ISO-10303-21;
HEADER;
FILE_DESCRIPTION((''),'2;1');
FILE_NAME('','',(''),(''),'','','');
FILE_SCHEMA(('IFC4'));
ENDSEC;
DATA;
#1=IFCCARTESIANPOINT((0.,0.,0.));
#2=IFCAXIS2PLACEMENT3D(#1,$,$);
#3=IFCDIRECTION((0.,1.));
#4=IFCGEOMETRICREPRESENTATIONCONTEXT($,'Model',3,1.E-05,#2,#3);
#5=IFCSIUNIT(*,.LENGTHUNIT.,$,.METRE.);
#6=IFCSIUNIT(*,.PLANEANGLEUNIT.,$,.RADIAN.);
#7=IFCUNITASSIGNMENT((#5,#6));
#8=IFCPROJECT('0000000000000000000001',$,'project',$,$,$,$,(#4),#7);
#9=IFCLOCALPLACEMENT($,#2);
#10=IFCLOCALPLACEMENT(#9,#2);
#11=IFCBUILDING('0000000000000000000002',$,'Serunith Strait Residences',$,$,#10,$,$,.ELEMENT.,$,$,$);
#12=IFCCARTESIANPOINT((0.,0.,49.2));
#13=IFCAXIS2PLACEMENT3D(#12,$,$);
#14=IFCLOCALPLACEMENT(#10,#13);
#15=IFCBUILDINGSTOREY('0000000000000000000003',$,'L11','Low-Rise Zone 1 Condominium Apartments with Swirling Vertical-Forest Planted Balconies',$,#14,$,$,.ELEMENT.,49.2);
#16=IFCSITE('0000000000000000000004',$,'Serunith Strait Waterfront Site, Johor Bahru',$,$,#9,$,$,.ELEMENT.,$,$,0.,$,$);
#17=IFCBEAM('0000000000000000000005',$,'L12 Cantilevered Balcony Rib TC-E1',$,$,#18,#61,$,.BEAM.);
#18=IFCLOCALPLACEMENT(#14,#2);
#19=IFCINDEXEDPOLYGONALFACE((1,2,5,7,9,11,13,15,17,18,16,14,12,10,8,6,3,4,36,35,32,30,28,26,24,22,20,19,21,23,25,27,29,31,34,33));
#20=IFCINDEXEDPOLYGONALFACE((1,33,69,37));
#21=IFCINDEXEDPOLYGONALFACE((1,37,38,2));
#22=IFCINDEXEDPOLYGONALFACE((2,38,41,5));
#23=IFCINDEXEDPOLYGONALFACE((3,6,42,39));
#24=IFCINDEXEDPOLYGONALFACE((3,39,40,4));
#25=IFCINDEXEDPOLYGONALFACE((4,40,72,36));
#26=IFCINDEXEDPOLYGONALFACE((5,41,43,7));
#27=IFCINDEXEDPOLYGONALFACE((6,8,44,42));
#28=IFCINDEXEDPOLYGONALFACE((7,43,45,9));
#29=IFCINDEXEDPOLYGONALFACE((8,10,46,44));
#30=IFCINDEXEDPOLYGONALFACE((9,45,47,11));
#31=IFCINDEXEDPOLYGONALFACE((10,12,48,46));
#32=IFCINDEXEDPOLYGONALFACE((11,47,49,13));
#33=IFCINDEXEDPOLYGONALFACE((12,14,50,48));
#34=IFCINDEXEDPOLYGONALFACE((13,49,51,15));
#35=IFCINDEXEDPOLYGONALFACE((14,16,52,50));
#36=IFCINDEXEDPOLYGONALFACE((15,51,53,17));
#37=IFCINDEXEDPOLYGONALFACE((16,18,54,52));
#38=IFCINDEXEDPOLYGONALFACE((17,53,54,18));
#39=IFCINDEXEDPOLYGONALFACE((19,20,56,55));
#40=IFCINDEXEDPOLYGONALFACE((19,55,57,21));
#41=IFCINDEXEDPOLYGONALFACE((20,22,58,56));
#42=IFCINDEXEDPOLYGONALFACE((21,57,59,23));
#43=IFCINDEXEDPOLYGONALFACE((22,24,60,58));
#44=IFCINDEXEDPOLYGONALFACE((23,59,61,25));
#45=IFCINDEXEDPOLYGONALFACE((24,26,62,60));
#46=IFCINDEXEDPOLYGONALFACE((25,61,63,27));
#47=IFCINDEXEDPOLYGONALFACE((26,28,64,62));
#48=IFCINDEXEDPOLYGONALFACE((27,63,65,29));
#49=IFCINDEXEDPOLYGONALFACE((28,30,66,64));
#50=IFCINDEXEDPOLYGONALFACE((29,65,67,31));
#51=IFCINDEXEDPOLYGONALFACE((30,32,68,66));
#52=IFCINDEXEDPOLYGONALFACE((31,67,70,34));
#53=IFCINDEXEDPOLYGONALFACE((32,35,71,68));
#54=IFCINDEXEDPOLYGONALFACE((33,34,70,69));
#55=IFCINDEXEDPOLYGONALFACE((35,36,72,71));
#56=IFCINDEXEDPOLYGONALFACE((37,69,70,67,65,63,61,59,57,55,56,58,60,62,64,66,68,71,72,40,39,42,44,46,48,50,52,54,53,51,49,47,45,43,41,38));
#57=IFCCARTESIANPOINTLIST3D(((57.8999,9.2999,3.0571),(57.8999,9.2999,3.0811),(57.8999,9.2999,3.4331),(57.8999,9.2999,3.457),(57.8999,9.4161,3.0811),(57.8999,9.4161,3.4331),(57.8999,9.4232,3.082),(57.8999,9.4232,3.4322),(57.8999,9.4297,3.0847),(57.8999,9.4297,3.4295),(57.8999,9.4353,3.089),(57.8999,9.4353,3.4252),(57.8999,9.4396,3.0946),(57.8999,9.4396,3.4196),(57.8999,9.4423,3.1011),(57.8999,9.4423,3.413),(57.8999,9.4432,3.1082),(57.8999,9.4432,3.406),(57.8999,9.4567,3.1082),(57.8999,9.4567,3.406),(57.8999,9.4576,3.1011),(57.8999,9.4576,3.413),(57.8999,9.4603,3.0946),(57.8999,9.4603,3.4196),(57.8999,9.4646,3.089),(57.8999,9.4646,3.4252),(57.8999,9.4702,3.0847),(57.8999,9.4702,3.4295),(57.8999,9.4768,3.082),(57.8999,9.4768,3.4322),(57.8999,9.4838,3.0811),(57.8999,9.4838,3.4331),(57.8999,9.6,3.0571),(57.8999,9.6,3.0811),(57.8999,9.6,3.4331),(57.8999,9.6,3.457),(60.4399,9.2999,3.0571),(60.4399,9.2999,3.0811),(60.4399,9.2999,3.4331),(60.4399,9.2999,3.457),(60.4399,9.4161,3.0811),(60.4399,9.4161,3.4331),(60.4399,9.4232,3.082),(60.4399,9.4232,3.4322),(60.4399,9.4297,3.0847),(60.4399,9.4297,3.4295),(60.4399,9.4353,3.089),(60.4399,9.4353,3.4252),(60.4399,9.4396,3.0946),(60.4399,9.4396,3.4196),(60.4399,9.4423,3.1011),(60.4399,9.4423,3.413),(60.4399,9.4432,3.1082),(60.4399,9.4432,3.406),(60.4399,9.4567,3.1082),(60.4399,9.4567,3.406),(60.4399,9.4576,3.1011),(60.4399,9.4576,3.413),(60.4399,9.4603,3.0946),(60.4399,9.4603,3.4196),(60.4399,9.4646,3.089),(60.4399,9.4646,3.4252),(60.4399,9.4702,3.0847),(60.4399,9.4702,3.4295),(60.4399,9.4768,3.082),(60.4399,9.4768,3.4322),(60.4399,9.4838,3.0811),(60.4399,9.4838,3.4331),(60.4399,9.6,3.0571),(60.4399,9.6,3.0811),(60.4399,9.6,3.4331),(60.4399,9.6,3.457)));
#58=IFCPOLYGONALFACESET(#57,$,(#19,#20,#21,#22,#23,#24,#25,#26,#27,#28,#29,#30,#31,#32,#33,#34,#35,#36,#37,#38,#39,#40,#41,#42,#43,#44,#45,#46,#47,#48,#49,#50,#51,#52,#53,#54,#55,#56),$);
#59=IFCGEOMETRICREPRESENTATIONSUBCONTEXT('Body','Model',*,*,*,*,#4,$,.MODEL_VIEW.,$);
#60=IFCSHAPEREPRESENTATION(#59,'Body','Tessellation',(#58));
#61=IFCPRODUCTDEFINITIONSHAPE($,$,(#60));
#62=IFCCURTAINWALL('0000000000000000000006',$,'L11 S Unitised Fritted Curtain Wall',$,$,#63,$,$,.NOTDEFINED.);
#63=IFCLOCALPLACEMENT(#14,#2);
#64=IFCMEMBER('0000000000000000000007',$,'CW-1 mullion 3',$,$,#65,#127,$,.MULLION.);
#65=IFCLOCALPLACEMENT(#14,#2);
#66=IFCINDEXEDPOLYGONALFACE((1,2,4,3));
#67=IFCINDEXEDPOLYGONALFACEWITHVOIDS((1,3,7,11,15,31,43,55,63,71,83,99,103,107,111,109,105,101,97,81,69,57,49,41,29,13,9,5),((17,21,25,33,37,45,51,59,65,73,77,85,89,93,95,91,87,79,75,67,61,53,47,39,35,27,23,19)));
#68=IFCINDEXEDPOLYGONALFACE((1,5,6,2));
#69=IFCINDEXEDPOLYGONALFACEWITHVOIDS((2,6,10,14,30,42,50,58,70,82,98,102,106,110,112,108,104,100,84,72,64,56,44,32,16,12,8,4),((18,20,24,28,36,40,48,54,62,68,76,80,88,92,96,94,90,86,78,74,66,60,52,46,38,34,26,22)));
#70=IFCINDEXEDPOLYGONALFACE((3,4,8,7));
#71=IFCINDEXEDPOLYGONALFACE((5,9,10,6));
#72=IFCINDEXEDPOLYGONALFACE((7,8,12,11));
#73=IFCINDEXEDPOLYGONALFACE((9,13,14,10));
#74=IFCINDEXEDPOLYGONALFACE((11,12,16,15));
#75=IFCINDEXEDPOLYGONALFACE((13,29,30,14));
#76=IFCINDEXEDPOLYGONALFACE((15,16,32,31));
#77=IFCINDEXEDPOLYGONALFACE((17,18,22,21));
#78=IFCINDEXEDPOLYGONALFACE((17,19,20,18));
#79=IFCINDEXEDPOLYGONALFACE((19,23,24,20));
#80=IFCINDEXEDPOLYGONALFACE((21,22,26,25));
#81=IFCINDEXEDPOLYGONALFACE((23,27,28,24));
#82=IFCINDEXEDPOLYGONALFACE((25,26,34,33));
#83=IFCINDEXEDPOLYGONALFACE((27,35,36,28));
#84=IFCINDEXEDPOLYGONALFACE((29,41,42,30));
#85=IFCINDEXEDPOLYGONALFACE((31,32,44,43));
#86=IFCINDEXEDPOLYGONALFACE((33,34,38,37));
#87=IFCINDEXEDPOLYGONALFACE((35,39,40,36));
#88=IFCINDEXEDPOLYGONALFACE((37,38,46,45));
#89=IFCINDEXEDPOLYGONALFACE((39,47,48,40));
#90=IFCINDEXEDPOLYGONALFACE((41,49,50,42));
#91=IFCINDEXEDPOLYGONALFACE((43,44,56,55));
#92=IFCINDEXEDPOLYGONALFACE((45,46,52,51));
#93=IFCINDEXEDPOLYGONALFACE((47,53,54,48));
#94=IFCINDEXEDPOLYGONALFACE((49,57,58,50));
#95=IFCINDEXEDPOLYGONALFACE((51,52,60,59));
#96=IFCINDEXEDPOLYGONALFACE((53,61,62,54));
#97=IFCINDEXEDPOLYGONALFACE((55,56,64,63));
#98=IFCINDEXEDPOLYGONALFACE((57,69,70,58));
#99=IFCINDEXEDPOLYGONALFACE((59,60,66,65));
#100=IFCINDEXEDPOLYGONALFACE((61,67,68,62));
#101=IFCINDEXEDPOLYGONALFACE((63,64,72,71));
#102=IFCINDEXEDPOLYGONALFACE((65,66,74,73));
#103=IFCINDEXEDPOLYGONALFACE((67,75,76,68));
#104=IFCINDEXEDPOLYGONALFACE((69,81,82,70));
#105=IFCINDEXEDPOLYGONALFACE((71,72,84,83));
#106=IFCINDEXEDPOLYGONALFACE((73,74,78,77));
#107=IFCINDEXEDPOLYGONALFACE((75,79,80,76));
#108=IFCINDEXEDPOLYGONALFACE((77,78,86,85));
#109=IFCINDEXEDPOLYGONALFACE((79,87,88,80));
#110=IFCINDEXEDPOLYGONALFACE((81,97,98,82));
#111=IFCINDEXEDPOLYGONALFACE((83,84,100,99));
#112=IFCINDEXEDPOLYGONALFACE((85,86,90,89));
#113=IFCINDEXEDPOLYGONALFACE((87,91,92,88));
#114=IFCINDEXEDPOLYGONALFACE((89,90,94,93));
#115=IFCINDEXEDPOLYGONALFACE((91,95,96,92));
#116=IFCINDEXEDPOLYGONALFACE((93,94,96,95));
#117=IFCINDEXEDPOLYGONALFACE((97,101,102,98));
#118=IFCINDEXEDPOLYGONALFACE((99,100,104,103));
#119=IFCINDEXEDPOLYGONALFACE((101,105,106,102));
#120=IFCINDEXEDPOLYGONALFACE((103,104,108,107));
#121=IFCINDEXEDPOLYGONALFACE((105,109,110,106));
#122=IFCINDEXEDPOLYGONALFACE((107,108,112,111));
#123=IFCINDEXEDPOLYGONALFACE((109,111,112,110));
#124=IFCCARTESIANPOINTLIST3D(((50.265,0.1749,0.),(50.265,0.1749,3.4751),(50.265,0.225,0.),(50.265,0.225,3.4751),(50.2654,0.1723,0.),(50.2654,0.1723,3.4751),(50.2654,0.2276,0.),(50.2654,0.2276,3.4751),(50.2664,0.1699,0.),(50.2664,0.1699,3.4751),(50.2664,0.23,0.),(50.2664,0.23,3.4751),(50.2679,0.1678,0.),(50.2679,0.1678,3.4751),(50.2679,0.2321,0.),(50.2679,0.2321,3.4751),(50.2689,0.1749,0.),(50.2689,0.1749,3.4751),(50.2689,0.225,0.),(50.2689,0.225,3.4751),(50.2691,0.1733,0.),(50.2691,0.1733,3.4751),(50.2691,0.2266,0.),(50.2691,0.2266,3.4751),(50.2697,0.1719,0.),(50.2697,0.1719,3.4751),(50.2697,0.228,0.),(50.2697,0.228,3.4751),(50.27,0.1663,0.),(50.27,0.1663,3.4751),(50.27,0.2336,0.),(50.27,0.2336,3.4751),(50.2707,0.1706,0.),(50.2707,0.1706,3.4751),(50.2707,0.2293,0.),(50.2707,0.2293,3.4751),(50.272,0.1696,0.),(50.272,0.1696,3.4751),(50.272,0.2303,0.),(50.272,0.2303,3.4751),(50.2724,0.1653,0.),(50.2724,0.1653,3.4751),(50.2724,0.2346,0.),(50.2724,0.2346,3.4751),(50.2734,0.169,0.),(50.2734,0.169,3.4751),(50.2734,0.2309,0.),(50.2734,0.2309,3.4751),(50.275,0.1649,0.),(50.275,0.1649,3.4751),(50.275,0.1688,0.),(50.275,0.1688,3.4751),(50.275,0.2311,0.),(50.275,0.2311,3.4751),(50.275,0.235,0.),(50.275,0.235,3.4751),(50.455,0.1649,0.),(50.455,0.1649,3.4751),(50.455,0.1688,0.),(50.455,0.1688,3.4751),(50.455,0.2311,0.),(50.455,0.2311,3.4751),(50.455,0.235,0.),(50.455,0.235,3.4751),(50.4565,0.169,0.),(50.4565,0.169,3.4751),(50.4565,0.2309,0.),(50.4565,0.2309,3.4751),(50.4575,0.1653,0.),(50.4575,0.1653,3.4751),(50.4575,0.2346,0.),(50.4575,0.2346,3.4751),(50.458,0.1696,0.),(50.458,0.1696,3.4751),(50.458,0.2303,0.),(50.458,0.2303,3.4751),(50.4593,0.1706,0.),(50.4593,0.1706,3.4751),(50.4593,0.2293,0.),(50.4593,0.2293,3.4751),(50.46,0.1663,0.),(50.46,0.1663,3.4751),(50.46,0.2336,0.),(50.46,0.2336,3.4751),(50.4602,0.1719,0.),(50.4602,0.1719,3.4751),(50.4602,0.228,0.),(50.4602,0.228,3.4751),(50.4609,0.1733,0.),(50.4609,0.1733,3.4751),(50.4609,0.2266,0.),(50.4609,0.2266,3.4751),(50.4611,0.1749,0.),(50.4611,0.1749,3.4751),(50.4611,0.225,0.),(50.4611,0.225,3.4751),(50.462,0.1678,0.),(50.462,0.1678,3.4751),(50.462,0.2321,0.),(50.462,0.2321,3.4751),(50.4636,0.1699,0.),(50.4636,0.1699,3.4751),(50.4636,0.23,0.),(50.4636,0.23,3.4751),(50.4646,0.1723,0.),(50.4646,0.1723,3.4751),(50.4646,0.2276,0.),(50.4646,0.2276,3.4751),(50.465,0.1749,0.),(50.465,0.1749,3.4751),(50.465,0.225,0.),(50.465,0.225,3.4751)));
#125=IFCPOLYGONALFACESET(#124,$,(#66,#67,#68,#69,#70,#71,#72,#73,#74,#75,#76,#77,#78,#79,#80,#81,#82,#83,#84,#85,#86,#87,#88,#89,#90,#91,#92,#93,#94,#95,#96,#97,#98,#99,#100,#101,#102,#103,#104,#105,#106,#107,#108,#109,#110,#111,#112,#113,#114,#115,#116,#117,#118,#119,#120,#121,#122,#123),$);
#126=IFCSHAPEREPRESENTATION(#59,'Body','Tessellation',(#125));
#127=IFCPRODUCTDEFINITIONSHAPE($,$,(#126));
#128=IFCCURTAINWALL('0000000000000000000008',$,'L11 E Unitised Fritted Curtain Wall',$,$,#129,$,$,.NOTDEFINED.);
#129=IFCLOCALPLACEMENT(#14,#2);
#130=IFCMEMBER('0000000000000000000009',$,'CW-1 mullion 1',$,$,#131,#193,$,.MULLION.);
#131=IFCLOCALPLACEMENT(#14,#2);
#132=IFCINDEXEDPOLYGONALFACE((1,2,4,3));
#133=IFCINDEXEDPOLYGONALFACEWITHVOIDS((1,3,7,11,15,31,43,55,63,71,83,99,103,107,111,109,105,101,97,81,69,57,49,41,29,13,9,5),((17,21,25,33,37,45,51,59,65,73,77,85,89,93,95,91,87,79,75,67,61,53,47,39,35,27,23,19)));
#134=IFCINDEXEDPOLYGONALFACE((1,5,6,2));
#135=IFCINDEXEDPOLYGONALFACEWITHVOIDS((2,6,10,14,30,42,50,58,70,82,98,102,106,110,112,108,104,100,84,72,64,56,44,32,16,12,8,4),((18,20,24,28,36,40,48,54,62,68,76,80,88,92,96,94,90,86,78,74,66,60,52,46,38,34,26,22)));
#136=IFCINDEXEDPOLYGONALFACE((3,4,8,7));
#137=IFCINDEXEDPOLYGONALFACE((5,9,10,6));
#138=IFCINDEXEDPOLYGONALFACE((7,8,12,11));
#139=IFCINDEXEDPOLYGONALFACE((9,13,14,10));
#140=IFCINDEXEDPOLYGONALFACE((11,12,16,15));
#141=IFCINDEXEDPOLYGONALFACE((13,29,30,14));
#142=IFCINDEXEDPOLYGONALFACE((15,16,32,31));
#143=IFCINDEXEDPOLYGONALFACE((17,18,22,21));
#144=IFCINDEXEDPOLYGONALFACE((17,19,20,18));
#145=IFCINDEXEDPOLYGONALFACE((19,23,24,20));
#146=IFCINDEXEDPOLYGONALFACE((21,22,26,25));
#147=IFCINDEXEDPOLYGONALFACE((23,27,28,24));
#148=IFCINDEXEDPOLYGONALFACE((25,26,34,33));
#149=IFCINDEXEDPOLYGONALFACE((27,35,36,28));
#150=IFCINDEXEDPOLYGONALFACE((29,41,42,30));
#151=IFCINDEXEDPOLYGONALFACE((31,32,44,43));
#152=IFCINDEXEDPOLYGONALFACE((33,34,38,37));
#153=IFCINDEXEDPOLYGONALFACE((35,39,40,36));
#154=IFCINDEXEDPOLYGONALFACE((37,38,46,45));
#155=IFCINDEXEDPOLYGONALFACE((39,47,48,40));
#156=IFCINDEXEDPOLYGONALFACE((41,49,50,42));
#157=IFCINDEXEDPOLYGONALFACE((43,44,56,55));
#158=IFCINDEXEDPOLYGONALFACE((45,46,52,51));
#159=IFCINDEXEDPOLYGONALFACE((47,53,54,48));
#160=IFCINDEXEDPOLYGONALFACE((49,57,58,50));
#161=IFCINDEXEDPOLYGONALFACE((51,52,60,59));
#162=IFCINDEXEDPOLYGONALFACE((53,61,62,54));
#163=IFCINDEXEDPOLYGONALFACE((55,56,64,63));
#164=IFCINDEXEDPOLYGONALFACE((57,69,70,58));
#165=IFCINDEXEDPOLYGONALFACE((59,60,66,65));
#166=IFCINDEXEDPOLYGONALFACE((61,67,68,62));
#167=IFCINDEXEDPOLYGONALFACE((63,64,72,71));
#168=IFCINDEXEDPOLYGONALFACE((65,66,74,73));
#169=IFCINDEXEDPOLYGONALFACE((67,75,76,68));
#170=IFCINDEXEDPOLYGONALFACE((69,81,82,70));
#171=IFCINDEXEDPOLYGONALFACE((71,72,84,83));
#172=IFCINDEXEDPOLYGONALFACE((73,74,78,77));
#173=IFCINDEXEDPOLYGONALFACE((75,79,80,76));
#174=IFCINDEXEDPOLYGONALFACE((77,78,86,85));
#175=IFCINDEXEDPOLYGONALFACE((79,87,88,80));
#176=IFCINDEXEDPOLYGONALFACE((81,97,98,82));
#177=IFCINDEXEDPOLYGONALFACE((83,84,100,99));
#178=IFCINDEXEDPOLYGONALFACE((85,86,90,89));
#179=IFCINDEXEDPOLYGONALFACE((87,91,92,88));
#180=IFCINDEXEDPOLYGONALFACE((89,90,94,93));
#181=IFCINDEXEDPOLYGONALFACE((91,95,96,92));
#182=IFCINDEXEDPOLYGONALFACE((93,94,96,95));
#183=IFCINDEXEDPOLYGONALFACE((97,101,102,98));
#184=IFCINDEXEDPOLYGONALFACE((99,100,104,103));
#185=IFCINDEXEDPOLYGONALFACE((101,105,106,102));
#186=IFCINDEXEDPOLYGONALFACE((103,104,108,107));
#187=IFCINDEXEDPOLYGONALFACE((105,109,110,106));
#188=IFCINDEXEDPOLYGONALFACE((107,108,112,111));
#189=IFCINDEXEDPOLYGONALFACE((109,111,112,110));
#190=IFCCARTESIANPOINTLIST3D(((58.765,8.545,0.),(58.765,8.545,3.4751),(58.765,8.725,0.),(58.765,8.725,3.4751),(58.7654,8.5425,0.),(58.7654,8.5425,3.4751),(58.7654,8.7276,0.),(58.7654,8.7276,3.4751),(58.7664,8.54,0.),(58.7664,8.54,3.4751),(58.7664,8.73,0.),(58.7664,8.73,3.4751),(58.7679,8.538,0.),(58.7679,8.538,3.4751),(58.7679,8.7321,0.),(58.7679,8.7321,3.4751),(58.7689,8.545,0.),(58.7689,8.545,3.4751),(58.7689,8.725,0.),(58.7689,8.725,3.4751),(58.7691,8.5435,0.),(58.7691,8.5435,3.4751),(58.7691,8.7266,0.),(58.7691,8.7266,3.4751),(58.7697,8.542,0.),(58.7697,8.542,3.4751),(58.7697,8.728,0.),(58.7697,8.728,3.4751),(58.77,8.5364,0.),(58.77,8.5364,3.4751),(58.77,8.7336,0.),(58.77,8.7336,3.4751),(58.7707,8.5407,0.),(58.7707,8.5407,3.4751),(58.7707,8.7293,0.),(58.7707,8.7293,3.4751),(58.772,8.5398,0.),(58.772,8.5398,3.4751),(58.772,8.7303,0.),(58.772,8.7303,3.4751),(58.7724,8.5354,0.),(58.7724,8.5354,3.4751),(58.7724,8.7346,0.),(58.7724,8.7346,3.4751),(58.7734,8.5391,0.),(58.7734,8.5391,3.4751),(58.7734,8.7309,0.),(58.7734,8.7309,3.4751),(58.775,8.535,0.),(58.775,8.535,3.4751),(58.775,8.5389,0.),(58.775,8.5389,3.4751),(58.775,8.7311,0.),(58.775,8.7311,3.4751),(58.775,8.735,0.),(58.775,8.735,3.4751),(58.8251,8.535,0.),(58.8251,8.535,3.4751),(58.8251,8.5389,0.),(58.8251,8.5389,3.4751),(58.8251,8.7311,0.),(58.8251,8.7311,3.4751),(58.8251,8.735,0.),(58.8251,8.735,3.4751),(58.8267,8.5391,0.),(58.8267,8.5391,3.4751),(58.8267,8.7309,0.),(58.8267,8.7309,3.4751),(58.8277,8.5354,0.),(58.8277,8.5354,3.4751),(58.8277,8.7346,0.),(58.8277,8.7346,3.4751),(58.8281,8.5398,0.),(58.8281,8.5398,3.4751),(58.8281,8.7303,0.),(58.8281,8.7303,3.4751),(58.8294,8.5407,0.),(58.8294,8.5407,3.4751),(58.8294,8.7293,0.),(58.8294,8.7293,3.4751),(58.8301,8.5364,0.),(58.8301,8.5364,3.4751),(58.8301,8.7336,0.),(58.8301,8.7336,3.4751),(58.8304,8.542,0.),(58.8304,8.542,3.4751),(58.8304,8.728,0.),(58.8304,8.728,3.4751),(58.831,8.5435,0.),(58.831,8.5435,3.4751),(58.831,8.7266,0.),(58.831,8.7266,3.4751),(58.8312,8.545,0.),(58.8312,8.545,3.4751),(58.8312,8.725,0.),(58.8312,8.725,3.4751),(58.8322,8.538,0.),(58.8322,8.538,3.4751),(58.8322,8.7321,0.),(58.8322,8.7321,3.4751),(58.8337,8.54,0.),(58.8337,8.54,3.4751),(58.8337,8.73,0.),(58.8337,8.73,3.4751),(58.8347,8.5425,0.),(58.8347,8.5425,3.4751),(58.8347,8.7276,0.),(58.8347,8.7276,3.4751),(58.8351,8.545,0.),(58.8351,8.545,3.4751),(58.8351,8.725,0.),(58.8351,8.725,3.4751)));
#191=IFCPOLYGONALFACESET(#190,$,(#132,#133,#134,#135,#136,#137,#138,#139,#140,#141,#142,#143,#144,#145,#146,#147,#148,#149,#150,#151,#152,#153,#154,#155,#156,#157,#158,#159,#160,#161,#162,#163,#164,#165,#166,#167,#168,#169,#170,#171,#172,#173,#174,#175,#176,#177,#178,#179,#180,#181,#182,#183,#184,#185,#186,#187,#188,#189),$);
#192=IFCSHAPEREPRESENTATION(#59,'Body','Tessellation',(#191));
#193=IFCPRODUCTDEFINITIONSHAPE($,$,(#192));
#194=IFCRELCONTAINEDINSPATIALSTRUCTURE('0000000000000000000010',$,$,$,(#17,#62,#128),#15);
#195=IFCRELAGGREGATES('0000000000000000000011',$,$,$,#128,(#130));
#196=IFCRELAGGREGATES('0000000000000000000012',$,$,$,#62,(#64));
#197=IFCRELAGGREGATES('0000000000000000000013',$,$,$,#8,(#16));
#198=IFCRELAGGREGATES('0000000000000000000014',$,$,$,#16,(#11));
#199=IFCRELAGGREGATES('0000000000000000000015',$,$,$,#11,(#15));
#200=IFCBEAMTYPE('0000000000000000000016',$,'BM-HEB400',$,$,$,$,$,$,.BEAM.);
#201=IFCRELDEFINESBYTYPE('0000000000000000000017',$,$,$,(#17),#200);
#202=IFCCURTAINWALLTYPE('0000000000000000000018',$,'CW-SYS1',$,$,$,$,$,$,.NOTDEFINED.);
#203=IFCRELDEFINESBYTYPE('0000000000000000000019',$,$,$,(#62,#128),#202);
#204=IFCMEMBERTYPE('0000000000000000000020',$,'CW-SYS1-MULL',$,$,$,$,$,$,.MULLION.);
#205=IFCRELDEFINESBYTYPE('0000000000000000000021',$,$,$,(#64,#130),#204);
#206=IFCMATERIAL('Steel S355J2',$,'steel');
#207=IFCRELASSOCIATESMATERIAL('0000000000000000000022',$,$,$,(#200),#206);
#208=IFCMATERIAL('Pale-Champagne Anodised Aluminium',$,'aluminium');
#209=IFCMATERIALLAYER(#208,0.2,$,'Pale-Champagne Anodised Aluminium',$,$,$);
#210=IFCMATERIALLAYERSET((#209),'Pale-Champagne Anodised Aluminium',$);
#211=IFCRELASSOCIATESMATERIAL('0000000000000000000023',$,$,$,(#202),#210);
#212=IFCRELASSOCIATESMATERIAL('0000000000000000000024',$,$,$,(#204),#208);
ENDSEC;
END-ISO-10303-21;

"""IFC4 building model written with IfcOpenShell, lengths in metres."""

from ifc_helpers import new_model, si_unit, direction, frame, origin, origin_2d, place, context, subcontext, project, spatial, hollow_rectangle, i_section, extrude, source, transform, mapped, material, layer, layer_set, material_profile, profile_set, type_object, element, aggregate, save


model = new_model("IFC4")

# Units and contexts
model_context = context("Model", 3, precision=1e-05, world=origin(), true_north=direction((0.0, 1.0)))
body_context = subcontext(model_context, "Body", "Model", "MODEL_VIEW")
ifc_project = project(units=[si_unit("LENGTHUNIT", "METRE"), si_unit("PLANEANGLEUNIT", "RADIAN")], contexts=[model_context])

# Site, building, storey
site_placement = place(None, origin())
site = spatial("IfcSite", under=ifc_project, at=site_placement, Name="Serunith Strait Waterfront Site, Johor Bahru", CompositionType="ELEMENT", RefElevation=0.0)
building_placement = place(site_placement, origin())
building = spatial("IfcBuilding", under=site, at=building_placement, Name="Serunith Strait Residences", CompositionType="ELEMENT")
storey_placement = place(building_placement, frame((0.0, 0.0, 49.2)))
storey = spatial("IfcBuildingStorey", under=building, at=storey_placement, Name="L11", Description="Low-Rise Zone 1 Condominium Apartments with Swirling Vertical-Forest Planted Balconies", CompositionType="ELEMENT", Elevation=49.2)

# Beam
ifc_material_1 = material(Name="Steel S355J2", Category="steel")
ifc_material_profile_1 = material_profile(ifc_material_1, i_section(OverallWidth=0.3, OverallDepth=0.3999, WebThickness=0.0134, FlangeThickness=0.0239, FilletRadius=0.0271, at=origin_2d()), Name="HEB 400")
ifc_profile_set_1 = profile_set([ifc_material_profile_1], Name="Steel S355J2")
beam_type_1 = type_object("IfcBeamType", Name="BM-HEB400", PredefinedType="BEAM", material=ifc_profile_set_1)
shared_shape_1 = source(origin(), body_context, "Body", "SweptSolid", [
    extrude(i_section(OverallWidth=0.3, OverallDepth=0.3999, WebThickness=0.0134, FlangeThickness=0.0239, FilletRadius=0.0271, at=origin_2d()), origin(), (0.0, 0.0, 1.0), 2.54),
])
beam_1_placement = place(storey_placement, frame((57.8999, 9.45, 3.2571), z_axis=(1.0, 0.0, 0.0), x_axis=(0.0, 1.0, 0.0)))
element("IfcBeam", 1, at=beam_1_placement, inside=storey, type_object=beam_type_1, Name="L12 Cantilevered Balcony Rib TC-E1", PredefinedType="BEAM", context=body_context, shape_type="MappedRepresentation", body=[
    mapped(shared_shape_1, transform((0.0, 0.0, 0.0), scale=1.0)),
])

# Curtain wall, member
ifc_material_2 = material(Name="Pale-Champagne Anodised Aluminium", Category="aluminium")
ifc_layer_1 = layer(ifc_material_2, 0.2, Name="Pale-Champagne Anodised Aluminium")
ifc_layer_set_1 = layer_set([ifc_layer_1], Name="Pale-Champagne Anodised Aluminium")
curtain_wall_type = type_object("IfcCurtainWallType", Name="CW-SYS1", PredefinedType="NOTDEFINED", material=ifc_layer_set_1)
curtain_wall_1_placement = place(storey_placement, origin())
curtain_wall_1 = element("IfcCurtainWall", 2, at=curtain_wall_1_placement, inside=storey, type_object=curtain_wall_type, Name="L11 S Unitised Fritted Curtain Wall", PredefinedType="NOTDEFINED")
ifc_material_profile_2 = material_profile(ifc_material_2, hollow_rectangle(XDim=0.0701, YDim=0.2, WallThickness=0.0039, InnerFilletRadius=0.0061, OuterFilletRadius=0.01, at=origin_2d()), Name="ALU 200x70x4")
ifc_profile_set_2 = profile_set([ifc_material_profile_2], Name="Pale-Champagne Anodised Aluminium")
member_type_1 = type_object("IfcMemberType", Name="CW-SYS1-MULL", PredefinedType="MULLION", material=ifc_profile_set_2)
shared_shape_2 = source(origin(), body_context, "Body", "SweptSolid", [
    extrude(hollow_rectangle(XDim=0.0701, YDim=0.2, WallThickness=0.0039, InnerFilletRadius=0.0061, OuterFilletRadius=0.01, at=origin_2d()), origin(), (0.0, 0.0, 1.0), 3.4751),
])
member_1_placement = place(storey_placement, frame((50.365, 0.2, 0.0), z_axis=(0.0, 0.0, 1.0), x_axis=(0.0, 1.0, 0.0)))
member_1 = element("IfcMember", 3, at=member_1_placement, type_object=member_type_1, Name="CW-1 mullion 3", PredefinedType="MULLION", context=body_context, shape_type="MappedRepresentation", body=[
    mapped(shared_shape_2, transform((0.0, 0.0, 0.0), scale=1.0)),
])

# Curtain wall, member
curtain_wall_2_placement = place(storey_placement, origin())
curtain_wall_2 = element("IfcCurtainWall", 4, at=curtain_wall_2_placement, inside=storey, type_object=curtain_wall_type, Name="L11 E Unitised Fritted Curtain Wall", PredefinedType="NOTDEFINED")
member_2_placement = place(storey_placement, frame((58.8, 8.635, 0.0), z_axis=(0.0, 0.0, 1.0), x_axis=(-1.0, 0.0, 0.0)))
member_2 = element("IfcMember", 5, at=member_2_placement, type_object=member_type_1, Name="CW-1 mullion 1", PredefinedType="MULLION", context=body_context, shape_type="MappedRepresentation", body=[
    mapped(shared_shape_2, transform((0.0, 0.0, 0.0), scale=1.0)),
])
aggregate(curtain_wall_2, [member_2])

aggregate(curtain_wall_1, [member_1])

save(model, "model.ifc")
